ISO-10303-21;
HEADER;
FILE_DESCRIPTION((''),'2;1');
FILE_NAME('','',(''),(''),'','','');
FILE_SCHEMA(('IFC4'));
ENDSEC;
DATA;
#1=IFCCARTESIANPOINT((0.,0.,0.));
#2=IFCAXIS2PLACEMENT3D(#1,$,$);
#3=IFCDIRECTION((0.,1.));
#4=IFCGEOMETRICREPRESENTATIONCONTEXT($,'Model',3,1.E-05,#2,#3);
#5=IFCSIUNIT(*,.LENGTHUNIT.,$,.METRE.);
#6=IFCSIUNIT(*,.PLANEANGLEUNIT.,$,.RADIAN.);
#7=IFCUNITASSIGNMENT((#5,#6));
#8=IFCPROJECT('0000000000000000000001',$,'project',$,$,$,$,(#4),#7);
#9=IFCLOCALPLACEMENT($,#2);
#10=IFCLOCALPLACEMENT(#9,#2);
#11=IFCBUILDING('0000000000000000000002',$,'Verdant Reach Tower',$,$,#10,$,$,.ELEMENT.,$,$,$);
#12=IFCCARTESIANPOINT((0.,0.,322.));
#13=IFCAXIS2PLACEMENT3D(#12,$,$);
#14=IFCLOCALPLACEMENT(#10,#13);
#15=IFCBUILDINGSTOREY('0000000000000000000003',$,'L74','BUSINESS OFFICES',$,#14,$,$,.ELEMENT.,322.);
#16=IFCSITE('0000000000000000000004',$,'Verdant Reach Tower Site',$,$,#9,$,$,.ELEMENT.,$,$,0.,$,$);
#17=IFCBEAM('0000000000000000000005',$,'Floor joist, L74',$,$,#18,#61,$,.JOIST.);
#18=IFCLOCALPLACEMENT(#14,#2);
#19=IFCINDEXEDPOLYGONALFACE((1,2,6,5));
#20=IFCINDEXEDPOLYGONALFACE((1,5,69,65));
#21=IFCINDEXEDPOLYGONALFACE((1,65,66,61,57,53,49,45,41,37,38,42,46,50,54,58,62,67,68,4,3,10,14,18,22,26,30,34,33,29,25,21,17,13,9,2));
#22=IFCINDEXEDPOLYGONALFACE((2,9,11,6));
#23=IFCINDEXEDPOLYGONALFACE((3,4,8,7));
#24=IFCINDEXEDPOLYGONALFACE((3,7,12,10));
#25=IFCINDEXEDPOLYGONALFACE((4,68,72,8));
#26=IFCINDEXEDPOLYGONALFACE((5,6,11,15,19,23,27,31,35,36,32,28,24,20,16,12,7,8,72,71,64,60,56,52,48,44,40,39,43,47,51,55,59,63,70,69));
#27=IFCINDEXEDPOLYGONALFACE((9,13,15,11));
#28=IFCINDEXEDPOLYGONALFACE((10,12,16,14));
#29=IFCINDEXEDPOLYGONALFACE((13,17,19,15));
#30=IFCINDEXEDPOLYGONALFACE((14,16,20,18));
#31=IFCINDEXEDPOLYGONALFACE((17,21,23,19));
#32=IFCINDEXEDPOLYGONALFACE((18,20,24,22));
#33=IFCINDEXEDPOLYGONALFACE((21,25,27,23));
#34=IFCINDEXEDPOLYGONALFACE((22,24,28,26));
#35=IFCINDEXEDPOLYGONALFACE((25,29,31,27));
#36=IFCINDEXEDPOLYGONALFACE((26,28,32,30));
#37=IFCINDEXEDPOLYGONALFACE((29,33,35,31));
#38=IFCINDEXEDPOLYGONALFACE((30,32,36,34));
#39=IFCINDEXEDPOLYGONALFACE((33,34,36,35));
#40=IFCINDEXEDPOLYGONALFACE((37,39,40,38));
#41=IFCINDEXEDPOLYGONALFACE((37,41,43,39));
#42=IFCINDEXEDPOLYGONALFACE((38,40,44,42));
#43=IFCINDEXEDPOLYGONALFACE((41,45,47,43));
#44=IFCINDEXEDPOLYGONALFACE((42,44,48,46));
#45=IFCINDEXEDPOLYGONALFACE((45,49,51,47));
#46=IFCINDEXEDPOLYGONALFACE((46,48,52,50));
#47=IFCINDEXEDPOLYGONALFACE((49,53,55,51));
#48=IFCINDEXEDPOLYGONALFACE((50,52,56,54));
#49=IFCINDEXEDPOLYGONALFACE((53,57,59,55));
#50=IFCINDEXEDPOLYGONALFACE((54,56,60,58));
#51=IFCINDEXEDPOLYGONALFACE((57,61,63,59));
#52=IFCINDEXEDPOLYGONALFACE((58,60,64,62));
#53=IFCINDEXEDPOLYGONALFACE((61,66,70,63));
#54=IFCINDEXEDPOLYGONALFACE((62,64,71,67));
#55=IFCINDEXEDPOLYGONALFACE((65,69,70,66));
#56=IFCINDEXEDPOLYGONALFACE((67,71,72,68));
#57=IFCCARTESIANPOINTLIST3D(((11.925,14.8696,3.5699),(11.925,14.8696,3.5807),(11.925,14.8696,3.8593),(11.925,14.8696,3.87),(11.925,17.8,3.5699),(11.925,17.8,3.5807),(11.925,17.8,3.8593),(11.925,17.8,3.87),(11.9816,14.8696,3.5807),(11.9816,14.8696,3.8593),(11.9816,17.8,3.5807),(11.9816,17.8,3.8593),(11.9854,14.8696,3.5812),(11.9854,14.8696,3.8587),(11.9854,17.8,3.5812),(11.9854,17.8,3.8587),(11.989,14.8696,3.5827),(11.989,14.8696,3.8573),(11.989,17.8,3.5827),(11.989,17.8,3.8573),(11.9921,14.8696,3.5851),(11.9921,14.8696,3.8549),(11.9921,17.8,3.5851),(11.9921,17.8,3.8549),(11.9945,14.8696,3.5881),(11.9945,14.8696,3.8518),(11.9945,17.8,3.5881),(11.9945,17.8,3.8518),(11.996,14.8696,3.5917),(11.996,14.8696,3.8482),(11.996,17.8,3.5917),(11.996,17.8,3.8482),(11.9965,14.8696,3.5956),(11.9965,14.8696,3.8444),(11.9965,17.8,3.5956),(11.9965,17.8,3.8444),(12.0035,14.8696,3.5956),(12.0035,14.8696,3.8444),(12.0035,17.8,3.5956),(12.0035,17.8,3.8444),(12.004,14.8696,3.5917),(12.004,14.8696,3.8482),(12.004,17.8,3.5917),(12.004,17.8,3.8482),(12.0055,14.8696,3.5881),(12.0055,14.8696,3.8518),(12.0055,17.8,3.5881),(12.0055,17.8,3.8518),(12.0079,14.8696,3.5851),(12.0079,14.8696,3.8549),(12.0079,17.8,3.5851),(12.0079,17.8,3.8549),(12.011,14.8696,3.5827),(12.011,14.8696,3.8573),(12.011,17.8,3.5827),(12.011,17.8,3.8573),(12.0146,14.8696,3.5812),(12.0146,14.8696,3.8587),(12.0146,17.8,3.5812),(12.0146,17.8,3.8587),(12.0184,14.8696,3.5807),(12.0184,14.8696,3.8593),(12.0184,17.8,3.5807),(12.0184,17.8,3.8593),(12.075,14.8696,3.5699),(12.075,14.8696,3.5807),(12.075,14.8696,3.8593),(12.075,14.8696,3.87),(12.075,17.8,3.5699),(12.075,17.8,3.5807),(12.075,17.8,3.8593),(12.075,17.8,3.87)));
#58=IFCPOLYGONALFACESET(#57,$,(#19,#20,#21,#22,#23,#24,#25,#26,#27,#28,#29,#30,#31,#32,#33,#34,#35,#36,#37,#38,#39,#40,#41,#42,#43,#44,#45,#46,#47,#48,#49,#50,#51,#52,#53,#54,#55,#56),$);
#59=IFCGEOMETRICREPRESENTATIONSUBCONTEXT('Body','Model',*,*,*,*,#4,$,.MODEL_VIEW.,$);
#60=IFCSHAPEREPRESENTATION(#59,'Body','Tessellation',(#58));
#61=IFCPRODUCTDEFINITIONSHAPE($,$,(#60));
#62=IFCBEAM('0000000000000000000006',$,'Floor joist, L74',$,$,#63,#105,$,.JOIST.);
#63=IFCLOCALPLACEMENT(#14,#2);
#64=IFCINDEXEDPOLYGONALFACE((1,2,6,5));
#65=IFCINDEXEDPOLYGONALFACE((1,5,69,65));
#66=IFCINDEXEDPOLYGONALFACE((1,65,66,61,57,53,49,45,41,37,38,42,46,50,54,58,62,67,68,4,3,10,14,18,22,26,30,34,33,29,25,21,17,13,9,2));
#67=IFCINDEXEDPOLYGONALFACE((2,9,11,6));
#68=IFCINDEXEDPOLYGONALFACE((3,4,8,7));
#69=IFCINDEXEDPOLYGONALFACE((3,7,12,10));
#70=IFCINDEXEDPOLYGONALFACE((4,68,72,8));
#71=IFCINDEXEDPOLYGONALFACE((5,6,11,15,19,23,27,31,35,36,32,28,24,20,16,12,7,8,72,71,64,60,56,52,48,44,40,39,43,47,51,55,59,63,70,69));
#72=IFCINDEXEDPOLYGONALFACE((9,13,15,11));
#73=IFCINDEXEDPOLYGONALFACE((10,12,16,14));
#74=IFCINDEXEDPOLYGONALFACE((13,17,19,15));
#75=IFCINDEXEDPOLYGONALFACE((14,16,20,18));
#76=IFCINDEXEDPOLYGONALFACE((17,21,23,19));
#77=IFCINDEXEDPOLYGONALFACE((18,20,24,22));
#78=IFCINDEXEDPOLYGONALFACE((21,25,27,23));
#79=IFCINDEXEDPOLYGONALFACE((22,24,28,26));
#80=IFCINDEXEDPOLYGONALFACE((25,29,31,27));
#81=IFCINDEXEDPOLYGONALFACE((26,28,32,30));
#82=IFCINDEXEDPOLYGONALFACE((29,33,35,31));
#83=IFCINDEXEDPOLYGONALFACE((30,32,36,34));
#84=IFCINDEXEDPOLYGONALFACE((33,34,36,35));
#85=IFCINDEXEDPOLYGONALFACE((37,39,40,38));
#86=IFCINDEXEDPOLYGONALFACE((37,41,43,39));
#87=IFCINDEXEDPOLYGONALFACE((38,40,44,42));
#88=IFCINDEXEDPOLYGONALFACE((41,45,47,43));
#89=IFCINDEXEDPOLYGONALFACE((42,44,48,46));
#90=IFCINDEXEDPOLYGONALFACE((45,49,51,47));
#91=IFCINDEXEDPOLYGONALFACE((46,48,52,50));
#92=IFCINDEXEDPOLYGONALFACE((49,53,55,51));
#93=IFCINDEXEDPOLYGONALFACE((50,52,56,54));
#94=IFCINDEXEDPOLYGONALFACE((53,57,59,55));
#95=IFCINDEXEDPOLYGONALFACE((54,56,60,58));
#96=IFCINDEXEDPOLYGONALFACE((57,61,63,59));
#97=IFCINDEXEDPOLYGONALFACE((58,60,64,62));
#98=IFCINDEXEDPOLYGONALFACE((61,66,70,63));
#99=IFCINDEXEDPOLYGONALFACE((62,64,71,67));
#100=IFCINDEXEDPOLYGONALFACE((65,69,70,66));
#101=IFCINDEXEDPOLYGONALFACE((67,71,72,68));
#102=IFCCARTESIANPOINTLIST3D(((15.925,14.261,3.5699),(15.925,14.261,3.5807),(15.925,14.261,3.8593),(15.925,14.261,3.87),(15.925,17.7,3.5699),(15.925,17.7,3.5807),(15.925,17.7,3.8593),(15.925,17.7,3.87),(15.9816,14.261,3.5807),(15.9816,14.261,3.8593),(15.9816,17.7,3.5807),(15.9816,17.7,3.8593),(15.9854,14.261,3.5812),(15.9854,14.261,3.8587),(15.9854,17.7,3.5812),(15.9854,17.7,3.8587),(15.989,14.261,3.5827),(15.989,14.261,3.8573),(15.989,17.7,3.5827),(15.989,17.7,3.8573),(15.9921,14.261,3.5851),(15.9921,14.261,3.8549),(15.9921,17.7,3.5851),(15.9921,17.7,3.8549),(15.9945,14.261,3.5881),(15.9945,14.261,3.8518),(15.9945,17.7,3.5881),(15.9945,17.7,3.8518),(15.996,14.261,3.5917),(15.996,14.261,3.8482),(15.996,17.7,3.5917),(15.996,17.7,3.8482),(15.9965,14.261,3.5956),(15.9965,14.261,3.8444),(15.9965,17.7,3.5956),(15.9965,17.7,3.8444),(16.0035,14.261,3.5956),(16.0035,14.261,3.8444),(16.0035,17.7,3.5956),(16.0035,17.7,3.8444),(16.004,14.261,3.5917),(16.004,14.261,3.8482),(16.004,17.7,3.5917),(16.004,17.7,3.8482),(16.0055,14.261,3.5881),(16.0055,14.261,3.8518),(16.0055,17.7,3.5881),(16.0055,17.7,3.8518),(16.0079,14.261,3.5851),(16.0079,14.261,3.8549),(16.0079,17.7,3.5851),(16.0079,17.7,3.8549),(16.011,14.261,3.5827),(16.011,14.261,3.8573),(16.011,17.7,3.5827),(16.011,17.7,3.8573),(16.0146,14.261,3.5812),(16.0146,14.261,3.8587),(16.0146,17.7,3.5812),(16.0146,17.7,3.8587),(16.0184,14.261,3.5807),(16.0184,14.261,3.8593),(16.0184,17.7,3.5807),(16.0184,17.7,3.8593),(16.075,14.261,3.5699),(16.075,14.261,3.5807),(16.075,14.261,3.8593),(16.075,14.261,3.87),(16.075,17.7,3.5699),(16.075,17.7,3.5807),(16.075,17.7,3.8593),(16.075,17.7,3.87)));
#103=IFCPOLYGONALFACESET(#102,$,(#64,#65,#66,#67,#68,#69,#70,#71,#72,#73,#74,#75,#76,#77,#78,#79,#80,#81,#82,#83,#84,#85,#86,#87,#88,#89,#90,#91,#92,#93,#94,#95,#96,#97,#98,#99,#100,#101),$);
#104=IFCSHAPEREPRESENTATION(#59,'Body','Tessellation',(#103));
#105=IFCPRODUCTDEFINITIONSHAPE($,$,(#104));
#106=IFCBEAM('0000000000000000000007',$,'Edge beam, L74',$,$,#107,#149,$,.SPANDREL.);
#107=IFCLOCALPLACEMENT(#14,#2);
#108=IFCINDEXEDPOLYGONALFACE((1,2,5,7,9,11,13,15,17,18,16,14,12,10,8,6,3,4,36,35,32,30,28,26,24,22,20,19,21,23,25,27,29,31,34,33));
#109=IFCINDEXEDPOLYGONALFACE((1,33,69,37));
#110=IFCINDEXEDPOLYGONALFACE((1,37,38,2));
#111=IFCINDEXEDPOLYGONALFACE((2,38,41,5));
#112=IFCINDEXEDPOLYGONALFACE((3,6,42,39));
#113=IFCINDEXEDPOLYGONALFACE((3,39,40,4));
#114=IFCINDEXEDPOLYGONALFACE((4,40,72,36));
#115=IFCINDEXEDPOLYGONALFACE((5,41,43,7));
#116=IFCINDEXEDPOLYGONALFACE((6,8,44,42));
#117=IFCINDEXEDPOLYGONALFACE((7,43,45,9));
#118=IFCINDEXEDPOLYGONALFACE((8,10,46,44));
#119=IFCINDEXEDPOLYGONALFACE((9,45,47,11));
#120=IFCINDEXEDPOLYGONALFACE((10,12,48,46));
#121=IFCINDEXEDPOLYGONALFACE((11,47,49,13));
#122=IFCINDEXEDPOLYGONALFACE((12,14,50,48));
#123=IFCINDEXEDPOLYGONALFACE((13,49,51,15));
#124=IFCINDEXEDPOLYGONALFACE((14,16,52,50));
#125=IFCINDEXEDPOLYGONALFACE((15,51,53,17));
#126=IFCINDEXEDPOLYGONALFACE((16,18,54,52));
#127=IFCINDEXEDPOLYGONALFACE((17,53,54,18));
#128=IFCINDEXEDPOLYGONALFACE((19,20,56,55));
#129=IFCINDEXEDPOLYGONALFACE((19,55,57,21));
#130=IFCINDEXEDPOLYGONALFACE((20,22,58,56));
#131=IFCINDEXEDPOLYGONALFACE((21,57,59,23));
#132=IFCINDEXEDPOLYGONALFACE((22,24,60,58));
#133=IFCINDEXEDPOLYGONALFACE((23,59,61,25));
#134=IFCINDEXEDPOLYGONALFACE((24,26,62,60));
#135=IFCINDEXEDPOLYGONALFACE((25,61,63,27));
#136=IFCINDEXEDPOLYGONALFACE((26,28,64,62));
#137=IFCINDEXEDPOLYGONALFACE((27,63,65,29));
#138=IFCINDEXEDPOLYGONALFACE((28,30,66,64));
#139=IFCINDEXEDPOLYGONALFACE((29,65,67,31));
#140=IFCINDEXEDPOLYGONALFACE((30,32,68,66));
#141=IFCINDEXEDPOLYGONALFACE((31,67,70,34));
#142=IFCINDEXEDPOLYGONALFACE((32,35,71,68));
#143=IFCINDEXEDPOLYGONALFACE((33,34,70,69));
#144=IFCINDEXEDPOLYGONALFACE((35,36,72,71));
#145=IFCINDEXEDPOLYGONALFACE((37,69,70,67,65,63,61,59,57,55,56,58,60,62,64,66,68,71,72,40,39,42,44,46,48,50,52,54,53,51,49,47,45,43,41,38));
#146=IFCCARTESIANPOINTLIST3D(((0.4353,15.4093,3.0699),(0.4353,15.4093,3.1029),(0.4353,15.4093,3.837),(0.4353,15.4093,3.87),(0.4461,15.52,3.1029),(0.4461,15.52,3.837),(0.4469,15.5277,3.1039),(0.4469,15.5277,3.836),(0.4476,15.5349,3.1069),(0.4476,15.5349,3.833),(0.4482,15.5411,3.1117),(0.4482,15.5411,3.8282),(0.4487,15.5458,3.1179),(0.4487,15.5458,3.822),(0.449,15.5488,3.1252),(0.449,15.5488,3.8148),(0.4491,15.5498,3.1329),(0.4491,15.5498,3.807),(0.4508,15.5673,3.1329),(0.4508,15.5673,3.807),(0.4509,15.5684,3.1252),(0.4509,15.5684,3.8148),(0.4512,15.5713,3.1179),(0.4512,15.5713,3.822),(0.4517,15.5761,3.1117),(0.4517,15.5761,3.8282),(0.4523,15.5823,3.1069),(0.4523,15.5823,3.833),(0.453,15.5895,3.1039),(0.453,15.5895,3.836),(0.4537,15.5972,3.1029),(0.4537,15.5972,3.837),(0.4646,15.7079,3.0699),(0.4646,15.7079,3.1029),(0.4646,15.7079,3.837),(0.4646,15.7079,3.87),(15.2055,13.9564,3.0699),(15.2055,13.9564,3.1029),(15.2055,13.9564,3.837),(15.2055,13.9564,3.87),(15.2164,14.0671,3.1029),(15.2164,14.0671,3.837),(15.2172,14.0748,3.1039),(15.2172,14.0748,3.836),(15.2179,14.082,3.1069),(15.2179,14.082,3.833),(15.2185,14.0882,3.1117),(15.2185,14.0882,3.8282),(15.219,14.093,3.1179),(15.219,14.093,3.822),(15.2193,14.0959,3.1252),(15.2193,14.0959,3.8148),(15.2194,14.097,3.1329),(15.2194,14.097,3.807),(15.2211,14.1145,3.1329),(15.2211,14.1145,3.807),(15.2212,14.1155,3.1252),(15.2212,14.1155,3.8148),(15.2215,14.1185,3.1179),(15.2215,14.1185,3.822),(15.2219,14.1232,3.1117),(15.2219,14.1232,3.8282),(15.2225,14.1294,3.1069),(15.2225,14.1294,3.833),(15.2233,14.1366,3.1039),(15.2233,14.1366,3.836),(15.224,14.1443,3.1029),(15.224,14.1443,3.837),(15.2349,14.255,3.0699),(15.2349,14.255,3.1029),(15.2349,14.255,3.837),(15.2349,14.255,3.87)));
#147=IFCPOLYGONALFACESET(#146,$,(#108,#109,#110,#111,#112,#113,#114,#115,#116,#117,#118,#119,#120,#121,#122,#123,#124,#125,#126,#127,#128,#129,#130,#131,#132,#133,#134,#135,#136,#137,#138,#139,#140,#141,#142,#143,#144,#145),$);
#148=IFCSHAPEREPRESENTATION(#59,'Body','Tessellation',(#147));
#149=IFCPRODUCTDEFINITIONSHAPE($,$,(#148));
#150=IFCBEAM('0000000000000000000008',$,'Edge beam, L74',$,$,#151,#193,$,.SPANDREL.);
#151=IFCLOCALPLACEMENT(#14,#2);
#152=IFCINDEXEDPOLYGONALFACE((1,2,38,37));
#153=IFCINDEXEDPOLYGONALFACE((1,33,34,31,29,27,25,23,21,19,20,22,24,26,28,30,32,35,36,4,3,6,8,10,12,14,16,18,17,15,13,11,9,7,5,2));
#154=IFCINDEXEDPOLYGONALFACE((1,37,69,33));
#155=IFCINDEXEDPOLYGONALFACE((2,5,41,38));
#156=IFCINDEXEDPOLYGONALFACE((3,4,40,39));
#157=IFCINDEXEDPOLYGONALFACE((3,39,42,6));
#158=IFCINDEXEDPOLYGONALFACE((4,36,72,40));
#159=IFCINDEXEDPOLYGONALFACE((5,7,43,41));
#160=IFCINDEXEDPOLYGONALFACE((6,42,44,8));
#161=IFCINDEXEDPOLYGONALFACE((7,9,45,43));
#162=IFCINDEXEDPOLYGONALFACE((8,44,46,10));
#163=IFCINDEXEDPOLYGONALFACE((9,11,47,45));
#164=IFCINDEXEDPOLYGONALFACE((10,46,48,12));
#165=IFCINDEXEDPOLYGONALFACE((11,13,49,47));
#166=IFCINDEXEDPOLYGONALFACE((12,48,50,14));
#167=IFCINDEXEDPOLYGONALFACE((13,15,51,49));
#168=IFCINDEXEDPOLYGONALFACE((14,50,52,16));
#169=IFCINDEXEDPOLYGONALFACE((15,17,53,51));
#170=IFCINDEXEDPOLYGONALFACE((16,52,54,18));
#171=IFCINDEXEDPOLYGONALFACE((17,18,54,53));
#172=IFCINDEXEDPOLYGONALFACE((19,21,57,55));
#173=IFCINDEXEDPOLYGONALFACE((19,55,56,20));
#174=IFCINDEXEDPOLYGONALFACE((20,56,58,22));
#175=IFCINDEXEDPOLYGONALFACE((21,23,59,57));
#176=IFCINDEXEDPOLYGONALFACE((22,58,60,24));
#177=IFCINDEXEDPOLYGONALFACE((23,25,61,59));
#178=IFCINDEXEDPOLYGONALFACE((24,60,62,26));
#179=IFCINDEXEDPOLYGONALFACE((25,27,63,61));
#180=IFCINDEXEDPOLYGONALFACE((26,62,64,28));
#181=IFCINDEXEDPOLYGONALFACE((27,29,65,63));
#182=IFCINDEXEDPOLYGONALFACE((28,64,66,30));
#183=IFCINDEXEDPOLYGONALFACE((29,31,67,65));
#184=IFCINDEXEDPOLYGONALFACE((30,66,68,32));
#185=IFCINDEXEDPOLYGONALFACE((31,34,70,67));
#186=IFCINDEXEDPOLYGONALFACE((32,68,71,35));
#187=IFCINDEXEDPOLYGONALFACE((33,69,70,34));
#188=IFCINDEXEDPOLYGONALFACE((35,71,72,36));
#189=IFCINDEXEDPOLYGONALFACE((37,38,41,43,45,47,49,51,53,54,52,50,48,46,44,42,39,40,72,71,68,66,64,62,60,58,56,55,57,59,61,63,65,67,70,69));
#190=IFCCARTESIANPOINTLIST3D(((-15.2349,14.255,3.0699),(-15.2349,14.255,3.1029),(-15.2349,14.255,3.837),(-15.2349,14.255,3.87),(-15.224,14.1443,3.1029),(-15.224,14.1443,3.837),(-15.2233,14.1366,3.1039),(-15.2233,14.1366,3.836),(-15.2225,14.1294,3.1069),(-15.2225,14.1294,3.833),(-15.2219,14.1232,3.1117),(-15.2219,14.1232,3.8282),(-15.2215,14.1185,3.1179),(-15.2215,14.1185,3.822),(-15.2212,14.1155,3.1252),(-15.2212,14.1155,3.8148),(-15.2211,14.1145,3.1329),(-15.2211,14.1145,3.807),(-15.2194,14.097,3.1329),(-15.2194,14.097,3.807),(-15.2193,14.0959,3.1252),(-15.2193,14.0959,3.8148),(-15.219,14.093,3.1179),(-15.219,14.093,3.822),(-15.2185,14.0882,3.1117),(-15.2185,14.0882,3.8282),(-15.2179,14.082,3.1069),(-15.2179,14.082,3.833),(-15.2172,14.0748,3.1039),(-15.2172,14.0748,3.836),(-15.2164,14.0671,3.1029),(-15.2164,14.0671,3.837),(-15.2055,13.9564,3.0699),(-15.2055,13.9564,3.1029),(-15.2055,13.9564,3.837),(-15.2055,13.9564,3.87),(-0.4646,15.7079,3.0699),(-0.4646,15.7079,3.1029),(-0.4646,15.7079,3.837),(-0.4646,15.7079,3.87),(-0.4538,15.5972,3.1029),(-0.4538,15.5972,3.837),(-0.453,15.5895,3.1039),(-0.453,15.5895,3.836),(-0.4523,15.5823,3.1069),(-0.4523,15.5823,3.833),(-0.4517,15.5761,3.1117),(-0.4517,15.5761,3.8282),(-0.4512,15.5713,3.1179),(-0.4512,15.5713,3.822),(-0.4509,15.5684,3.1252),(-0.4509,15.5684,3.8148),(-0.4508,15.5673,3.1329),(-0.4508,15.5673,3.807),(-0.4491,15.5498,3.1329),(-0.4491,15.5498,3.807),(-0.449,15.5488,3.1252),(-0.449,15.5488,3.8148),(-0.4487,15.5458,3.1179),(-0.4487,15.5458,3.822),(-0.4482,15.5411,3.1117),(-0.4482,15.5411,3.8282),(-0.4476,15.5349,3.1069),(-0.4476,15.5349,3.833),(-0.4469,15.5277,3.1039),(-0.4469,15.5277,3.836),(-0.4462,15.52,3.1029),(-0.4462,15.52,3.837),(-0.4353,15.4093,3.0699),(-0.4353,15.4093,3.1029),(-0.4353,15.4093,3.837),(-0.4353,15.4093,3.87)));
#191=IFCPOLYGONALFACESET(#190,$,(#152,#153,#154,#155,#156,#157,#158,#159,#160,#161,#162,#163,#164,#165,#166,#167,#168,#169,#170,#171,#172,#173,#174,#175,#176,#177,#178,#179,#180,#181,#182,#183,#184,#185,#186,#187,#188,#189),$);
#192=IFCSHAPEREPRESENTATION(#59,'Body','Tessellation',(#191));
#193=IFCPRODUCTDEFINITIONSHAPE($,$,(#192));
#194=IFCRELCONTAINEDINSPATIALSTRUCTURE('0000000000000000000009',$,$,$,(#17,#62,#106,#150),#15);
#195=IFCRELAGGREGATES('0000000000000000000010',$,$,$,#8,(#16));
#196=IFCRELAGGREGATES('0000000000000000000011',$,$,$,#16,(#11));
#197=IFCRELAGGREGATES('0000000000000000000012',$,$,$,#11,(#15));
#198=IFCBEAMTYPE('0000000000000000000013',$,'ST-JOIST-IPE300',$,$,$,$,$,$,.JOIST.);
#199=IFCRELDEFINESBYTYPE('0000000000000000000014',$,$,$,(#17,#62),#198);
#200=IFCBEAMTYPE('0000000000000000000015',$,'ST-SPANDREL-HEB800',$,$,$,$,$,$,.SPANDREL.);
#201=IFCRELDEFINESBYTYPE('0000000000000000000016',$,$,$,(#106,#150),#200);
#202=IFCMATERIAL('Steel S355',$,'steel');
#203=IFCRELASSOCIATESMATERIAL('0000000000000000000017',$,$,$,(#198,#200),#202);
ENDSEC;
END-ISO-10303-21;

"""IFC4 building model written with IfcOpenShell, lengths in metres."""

from ifc_helpers import new_model, si_unit, direction, frame, origin, origin_2d, place, context, subcontext, project, spatial, i_section, extrude, material, material_profile, profile_set, type_object, element, save


model = new_model("IFC4")

# Units and contexts
model_context = context("Model", 3, precision=1e-05, world=origin(), true_north=direction((0.0, 1.0)))
body_context = subcontext(model_context, "Body", "Model", "MODEL_VIEW")
ifc_project = project(units=[si_unit("LENGTHUNIT", "METRE"), si_unit("PLANEANGLEUNIT", "RADIAN")], contexts=[model_context])

# Site, building, storey
site_placement = place(None, origin())
site = spatial("IfcSite", under=ifc_project, at=site_placement, Name="Verdant Reach Tower Site", CompositionType="ELEMENT", RefElevation=0.0)
building_placement = place(site_placement, origin())
building = spatial("IfcBuilding", under=site, at=building_placement, Name="Verdant Reach Tower", CompositionType="ELEMENT")
storey_placement = place(building_placement, frame((0.0, 0.0, 322.0)))
storey = spatial("IfcBuildingStorey", under=building, at=storey_placement, Name="L74", Description="BUSINESS OFFICES", CompositionType="ELEMENT", Elevation=322.0)

# Beams
ifc_material_1 = material(Name="Steel S355", Category="steel")
ifc_material_profile_1 = material_profile(ifc_material_1, i_section(OverallWidth=0.1499, OverallDepth=0.3, WebThickness=0.0071, FlangeThickness=0.0107, FilletRadius=0.0149, at=origin_2d()), Name="IPE 300")
ifc_profile_set_1 = profile_set([ifc_material_profile_1], Name="Steel S355")
beam_type_1 = type_object("IfcBeamType", Name="ST-JOIST-IPE300", PredefinedType="JOIST", material=ifc_profile_set_1)
beam_1_placement = place(storey_placement, frame((12.0, 17.8, 3.72), z_axis=(0.0, -1.0, 0.0), x_axis=(1.0, 0.0, 0.0)))
element("IfcBeam", 1, at=beam_1_placement, inside=storey, type_object=beam_type_1, Name="Floor joist, L74", PredefinedType="JOIST", context=body_context, shape_type="SweptSolid", body=[
    extrude(i_section(OverallWidth=0.1499, OverallDepth=0.3, WebThickness=0.0071, FlangeThickness=0.0107, FilletRadius=0.0149, at=origin_2d()), origin(), (0.0, 0.0, 1.0), 2.9304),
])
beam_2_placement = place(storey_placement, frame((16.0, 17.7, 3.72), z_axis=(0.0, -1.0, 0.0), x_axis=(1.0, 0.0, 0.0)))
element("IfcBeam", 2, at=beam_2_placement, inside=storey, type_object=beam_type_1, Name="Floor joist, L74", PredefinedType="JOIST", context=body_context, shape_type="SweptSolid", body=[
    extrude(i_section(OverallWidth=0.1499, OverallDepth=0.3, WebThickness=0.0071, FlangeThickness=0.0107, FilletRadius=0.0149, at=origin_2d()), origin(), (0.0, 0.0, 1.0), 3.439),
])
ifc_material_profile_2 = material_profile(ifc_material_1, i_section(OverallWidth=0.3, OverallDepth=0.8, WebThickness=0.0176, FlangeThickness=0.033, FilletRadius=0.03, at=origin_2d()), Name="HEB 800")
ifc_profile_set_2 = profile_set([ifc_material_profile_2], Name="Steel S355")
beam_type_2 = type_object("IfcBeamType", Name="ST-SPANDREL-HEB800", PredefinedType="SPANDREL", material=ifc_profile_set_2)
for number, where, z_axis, x_axis, name in (
    (3, (15.2202, 14.1057, 3.47), (-0.995197, 0.097893, 0.0), (-0.097893, -0.995197, 0.0), "Edge beam, L74"),
    (4, (-0.45, 15.5586, 3.47), (-0.995197, -0.097893, 0.0), (0.097893, -0.995197, 0.0), "Edge beam, L74"),
):
    element("IfcBeam", number, at=place(storey_placement, frame(where, z_axis=z_axis, x_axis=x_axis)), inside=storey, type_object=beam_type_2, Name=name, PredefinedType="SPANDREL", context=body_context, shape_type="SweptSolid", body=[
        extrude(i_section(OverallWidth=0.3, OverallDepth=0.8, WebThickness=0.0176, FlangeThickness=0.033, FilletRadius=0.03, at=origin_2d()), origin(), (0.0, 0.0, 1.0), 14.8416),
    ])

save(model, "model.ifc")
